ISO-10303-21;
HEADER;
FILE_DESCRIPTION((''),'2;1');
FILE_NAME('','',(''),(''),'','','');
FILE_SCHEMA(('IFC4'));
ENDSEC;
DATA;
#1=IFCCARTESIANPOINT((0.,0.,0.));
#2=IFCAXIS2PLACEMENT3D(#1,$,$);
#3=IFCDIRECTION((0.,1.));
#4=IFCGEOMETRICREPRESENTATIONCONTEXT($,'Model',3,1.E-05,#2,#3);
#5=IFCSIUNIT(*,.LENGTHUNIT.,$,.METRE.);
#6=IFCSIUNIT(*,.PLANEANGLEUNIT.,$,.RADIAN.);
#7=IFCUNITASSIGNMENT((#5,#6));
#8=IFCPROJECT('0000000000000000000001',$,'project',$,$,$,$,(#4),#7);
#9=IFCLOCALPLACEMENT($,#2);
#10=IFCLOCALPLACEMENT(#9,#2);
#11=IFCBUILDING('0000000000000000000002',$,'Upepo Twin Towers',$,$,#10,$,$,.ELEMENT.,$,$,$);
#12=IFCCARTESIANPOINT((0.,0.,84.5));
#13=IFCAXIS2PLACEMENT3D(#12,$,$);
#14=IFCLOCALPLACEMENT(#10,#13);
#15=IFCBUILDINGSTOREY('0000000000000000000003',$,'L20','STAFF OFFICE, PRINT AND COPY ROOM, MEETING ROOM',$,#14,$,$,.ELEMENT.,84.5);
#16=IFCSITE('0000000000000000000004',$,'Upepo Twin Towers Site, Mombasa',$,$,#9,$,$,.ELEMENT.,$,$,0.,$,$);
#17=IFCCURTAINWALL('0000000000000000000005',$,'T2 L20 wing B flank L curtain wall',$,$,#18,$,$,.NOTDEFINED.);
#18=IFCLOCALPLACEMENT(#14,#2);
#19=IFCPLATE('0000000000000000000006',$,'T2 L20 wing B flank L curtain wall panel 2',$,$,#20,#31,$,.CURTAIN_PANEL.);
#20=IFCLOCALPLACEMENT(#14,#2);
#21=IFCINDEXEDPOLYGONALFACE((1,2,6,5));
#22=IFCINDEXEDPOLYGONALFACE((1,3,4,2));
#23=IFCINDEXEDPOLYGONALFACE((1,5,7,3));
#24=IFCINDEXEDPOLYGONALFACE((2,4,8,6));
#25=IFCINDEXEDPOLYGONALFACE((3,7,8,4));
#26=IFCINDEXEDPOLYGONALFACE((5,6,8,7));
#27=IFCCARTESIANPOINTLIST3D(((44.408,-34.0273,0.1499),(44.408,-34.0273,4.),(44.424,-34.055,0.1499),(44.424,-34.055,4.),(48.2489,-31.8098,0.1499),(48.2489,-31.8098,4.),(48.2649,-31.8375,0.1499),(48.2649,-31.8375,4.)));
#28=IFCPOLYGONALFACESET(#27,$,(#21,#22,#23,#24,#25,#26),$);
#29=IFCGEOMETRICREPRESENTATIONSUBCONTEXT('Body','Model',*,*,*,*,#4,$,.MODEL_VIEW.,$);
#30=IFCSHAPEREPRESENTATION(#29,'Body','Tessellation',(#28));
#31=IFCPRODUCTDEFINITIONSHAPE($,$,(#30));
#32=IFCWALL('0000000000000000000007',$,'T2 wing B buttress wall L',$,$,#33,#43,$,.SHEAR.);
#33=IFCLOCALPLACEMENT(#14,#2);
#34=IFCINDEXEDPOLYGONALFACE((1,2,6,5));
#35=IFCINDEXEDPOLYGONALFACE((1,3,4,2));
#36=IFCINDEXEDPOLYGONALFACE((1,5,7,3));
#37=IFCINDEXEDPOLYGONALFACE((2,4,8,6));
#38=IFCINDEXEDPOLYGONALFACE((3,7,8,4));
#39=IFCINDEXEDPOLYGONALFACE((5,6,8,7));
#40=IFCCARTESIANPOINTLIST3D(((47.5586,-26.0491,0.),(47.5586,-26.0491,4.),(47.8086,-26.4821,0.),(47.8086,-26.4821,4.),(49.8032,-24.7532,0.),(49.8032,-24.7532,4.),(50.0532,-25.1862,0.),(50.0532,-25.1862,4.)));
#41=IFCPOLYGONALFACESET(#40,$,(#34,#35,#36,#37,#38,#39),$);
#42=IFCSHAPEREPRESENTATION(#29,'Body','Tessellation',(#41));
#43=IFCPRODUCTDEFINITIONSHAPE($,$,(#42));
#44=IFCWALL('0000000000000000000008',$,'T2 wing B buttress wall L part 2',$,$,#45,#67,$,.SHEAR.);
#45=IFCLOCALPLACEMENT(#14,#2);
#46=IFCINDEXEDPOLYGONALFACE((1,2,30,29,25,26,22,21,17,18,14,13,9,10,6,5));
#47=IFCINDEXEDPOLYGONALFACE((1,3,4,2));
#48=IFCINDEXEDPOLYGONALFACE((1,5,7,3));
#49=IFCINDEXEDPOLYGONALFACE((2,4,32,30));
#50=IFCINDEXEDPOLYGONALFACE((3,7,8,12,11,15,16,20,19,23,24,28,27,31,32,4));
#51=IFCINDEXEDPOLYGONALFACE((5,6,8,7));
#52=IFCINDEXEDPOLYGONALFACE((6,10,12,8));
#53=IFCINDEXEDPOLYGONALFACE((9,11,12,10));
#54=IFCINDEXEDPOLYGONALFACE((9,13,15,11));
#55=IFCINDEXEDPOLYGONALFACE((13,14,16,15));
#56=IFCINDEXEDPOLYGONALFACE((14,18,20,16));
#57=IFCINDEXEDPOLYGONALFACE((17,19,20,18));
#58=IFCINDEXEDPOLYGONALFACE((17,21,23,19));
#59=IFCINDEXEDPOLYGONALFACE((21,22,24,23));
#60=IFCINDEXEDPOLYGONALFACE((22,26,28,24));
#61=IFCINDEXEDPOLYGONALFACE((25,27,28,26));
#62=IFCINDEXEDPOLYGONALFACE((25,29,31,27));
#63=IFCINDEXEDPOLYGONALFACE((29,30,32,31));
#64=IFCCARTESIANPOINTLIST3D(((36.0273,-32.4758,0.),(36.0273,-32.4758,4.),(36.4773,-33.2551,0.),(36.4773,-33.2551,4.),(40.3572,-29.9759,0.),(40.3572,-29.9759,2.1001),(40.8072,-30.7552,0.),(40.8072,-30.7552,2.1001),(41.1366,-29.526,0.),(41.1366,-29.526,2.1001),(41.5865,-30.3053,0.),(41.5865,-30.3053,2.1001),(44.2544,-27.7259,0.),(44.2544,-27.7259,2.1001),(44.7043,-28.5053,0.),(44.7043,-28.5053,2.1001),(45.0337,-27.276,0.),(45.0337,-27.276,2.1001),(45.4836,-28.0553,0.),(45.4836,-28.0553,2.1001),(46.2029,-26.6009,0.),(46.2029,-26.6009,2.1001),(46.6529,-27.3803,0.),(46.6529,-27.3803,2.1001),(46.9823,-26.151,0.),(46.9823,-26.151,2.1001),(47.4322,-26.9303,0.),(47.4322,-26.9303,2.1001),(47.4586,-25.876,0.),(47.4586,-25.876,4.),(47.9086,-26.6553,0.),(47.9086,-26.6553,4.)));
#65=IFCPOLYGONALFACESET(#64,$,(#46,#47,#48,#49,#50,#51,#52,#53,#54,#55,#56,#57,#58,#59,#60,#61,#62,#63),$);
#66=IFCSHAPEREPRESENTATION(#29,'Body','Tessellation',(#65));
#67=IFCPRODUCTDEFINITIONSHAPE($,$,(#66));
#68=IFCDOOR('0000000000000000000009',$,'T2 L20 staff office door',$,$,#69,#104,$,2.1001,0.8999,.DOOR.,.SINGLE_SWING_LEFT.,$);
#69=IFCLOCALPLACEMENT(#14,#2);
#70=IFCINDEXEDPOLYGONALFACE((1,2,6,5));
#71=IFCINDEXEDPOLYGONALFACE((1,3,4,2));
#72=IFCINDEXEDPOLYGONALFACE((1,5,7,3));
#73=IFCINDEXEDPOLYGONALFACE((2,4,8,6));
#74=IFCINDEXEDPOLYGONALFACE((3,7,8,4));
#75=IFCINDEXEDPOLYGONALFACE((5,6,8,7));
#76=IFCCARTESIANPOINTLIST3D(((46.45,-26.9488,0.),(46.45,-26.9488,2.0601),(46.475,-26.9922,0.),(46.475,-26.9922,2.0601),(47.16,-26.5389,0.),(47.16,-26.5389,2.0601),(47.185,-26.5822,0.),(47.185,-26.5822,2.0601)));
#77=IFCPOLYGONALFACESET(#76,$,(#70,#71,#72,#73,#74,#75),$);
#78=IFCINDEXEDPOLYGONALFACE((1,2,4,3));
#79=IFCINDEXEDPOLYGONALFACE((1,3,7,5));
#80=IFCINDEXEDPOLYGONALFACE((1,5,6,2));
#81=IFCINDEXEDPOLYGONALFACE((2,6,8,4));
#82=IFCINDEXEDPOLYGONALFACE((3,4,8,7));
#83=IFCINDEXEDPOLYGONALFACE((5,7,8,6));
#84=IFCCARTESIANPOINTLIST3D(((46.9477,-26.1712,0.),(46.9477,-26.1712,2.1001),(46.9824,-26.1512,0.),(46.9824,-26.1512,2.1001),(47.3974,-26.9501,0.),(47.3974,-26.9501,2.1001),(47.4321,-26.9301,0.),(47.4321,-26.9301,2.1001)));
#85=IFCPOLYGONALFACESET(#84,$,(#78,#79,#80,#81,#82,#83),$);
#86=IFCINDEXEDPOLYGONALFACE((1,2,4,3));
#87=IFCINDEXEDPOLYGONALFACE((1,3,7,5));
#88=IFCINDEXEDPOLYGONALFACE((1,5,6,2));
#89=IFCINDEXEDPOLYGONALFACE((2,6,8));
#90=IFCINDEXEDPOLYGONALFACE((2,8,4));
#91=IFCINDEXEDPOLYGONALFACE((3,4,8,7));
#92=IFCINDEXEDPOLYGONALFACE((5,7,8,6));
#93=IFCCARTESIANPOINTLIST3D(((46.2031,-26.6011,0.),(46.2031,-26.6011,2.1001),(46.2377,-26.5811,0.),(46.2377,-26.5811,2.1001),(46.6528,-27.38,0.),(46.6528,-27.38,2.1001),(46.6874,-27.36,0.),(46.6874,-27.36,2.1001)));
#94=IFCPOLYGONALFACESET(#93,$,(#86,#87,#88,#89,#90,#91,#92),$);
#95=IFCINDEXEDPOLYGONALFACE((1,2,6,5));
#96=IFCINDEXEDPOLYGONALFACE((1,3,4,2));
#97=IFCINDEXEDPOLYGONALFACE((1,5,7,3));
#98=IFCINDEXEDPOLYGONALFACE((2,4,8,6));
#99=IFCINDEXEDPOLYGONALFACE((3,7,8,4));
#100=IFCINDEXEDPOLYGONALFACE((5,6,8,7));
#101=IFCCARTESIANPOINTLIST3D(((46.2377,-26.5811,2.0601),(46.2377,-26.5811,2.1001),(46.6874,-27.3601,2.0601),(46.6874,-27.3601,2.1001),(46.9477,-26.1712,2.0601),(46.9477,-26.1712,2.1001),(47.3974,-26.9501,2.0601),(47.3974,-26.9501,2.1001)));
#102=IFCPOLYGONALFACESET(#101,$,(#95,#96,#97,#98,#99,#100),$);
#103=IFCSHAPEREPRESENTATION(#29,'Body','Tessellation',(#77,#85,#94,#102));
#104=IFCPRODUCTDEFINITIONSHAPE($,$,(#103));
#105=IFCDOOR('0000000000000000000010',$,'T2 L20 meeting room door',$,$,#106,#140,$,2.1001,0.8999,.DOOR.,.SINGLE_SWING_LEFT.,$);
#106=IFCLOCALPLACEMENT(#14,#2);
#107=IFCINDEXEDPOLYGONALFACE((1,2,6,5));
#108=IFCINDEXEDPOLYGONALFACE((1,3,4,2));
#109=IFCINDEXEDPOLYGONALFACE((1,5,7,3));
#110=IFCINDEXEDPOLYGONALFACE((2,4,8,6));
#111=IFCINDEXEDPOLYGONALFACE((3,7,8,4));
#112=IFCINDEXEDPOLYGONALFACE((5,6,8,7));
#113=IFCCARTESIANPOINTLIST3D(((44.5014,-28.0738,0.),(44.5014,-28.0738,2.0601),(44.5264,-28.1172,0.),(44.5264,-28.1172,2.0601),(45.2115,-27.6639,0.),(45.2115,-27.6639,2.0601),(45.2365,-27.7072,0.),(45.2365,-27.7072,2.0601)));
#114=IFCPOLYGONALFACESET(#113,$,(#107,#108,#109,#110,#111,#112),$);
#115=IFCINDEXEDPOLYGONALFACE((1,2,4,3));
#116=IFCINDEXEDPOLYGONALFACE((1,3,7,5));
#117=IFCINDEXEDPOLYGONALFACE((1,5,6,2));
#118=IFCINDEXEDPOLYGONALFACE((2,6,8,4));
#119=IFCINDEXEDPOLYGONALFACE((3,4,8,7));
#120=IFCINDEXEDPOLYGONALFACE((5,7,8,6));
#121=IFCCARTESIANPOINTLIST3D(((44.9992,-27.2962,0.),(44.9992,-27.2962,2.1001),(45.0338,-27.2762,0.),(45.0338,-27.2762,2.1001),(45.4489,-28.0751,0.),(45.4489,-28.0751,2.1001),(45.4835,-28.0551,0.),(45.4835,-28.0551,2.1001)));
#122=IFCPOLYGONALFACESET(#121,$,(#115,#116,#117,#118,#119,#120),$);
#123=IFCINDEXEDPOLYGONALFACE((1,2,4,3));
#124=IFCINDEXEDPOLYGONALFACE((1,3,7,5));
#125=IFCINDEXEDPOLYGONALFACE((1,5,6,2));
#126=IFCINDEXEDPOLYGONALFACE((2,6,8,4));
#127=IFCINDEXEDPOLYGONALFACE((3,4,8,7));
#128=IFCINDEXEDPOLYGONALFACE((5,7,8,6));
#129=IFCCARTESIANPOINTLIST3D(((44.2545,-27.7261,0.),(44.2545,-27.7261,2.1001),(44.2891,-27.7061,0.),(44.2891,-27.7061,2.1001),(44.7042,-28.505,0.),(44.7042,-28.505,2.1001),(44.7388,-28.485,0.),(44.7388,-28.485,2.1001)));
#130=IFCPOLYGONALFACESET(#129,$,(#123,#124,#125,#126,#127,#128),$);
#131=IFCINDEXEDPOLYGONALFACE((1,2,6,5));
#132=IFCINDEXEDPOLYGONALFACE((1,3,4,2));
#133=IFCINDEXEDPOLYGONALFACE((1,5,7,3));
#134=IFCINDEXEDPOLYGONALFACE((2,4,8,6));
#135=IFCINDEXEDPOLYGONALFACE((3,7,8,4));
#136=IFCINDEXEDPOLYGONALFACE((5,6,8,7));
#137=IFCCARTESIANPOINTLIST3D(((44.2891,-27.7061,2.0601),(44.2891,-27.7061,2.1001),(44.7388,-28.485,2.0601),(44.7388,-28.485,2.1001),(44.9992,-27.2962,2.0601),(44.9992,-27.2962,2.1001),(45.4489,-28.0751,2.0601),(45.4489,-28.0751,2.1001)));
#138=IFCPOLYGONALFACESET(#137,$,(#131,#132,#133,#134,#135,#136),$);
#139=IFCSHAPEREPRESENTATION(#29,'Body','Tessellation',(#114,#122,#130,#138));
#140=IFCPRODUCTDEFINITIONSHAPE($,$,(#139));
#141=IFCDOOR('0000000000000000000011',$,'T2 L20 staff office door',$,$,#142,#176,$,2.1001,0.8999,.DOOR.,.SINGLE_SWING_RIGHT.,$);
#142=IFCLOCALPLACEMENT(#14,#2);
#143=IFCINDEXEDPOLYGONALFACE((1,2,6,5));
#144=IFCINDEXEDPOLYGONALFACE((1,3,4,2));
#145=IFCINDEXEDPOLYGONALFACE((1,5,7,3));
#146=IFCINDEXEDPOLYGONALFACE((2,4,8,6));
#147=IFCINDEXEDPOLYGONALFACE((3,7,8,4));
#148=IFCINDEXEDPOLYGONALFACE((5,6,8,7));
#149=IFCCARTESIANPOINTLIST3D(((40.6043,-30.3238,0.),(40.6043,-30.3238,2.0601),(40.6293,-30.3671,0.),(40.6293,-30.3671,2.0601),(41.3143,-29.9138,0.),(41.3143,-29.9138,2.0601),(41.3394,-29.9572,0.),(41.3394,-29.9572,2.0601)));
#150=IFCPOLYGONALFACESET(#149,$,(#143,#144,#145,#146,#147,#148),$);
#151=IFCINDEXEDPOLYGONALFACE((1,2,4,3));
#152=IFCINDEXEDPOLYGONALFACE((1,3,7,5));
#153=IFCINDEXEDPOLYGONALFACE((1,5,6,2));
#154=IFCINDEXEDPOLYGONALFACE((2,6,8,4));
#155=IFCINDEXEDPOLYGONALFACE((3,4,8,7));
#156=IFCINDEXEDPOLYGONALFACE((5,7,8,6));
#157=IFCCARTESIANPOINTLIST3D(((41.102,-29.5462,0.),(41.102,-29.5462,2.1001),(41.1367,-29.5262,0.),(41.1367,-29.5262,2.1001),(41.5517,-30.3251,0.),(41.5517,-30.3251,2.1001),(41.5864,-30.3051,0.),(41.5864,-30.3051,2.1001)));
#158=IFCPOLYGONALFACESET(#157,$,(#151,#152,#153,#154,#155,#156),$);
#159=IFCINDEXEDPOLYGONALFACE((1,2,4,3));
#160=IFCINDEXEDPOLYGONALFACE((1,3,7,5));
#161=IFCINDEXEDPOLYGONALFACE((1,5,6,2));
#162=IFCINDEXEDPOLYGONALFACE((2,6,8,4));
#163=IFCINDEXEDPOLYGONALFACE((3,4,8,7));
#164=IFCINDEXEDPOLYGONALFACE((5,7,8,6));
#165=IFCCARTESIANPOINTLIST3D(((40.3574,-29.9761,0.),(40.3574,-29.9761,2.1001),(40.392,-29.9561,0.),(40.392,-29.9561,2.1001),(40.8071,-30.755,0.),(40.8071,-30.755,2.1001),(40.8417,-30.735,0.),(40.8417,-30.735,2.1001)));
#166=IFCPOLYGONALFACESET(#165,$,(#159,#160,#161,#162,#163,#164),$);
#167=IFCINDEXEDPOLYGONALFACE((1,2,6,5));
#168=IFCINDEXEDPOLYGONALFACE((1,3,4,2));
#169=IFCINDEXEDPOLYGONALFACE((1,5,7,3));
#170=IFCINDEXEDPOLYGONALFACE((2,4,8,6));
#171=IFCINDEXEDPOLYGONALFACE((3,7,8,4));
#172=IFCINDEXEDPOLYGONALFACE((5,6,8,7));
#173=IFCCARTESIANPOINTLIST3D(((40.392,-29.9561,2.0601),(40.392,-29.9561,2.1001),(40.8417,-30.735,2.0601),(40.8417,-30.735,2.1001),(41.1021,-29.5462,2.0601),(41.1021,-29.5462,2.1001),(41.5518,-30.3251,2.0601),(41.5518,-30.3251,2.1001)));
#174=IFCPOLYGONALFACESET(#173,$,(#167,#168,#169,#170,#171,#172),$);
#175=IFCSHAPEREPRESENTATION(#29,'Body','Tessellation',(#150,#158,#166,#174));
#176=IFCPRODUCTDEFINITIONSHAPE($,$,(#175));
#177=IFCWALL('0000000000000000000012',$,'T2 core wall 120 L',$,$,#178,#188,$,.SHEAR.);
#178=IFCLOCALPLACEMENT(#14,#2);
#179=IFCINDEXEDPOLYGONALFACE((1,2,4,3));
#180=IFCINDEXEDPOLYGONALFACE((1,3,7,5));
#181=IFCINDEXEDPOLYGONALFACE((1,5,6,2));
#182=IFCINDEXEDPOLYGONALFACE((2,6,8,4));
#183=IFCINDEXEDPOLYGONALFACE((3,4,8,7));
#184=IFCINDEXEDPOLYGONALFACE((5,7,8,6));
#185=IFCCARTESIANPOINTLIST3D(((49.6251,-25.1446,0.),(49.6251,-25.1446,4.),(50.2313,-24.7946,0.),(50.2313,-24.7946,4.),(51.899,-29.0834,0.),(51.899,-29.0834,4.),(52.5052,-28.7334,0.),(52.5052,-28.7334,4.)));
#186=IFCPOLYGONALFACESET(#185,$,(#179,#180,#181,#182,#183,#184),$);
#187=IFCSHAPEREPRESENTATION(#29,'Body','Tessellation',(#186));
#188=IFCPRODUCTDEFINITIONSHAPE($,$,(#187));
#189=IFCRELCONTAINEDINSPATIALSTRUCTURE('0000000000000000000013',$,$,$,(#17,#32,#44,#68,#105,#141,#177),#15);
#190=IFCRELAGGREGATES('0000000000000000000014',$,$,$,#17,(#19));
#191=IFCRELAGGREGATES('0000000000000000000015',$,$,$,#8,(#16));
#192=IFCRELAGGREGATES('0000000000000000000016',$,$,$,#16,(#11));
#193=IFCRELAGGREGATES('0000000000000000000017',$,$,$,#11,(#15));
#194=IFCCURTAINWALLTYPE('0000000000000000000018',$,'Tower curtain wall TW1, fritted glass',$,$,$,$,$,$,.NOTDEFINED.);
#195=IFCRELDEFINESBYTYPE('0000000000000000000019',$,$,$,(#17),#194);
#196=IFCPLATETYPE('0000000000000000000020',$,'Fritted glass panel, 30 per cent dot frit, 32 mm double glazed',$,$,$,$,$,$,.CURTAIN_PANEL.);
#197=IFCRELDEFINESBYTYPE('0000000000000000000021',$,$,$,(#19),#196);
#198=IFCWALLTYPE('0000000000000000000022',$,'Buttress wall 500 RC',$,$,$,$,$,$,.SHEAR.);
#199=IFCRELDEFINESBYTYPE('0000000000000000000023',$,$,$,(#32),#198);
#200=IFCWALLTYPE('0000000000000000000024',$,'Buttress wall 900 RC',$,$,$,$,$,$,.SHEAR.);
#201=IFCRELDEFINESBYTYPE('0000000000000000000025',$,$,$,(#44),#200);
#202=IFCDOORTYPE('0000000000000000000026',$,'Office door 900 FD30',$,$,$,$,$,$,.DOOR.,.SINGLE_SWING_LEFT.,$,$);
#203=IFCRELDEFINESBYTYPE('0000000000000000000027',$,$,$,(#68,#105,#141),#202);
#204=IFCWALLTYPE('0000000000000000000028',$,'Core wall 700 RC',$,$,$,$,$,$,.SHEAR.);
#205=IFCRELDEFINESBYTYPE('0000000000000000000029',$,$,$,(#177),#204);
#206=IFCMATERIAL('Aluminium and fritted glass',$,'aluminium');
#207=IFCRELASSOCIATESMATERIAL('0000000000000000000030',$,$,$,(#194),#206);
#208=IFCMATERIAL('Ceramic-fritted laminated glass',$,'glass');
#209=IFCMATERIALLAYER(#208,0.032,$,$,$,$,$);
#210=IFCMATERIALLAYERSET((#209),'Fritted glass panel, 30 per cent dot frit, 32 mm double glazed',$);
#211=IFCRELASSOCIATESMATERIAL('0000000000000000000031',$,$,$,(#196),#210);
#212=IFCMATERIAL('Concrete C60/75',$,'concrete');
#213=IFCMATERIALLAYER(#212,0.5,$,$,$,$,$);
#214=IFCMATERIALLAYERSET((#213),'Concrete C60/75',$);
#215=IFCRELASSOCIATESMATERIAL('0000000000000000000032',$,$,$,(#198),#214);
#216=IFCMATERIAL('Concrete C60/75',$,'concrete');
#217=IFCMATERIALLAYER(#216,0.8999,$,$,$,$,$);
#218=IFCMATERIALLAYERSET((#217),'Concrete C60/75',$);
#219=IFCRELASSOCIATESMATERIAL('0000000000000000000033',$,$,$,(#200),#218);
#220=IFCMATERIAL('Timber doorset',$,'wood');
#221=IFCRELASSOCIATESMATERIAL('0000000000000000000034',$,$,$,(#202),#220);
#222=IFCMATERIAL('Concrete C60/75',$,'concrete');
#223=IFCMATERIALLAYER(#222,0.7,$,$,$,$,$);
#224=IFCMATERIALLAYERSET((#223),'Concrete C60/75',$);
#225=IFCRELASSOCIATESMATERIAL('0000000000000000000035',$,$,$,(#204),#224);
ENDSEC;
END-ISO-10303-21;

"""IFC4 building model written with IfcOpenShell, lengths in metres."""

from ifc_helpers import new_model, si_unit, direction, frame, frame_2d, origin, origin_2d, place, context, subcontext, project, spatial, rectangle, extrude, material, layer, layer_set, type_object, element, fill, aggregate, save


model = new_model("IFC4")

# Units and contexts
model_context = context("Model", 3, precision=1e-05, world=origin(), true_north=direction((0.0, 1.0)))
body_context = subcontext(model_context, "Body", "Model", "MODEL_VIEW")
ifc_project = project(units=[si_unit("LENGTHUNIT", "METRE"), si_unit("PLANEANGLEUNIT", "RADIAN")], contexts=[model_context])

# Site, building, storey
site_placement = place(None, origin())
site = spatial("IfcSite", under=ifc_project, at=site_placement, Name="Upepo Twin Towers Site, Mombasa", CompositionType="ELEMENT", RefElevation=0.0)
building_placement = place(site_placement, origin())
building = spatial("IfcBuilding", under=site, at=building_placement, Name="Upepo Twin Towers", CompositionType="ELEMENT")
storey_placement = place(building_placement, frame((0.0, 0.0, 84.5)))
storey = spatial("IfcBuildingStorey", under=building, at=storey_placement, Name="L20", Description="STAFF OFFICE, PRINT AND COPY ROOM, MEETING ROOM", CompositionType="ELEMENT", Elevation=84.5)

# Curtain wall, plate
ifc_material_1 = material(Name="Aluminium and fritted glass", Category="aluminium")
curtain_wall_type = type_object("IfcCurtainWallType", Name="Tower curtain wall TW1, fritted glass", PredefinedType="NOTDEFINED", material=ifc_material_1)
curtain_wall_placement = place(storey_placement, origin())
curtain_wall = element("IfcCurtainWall", 1, at=curtain_wall_placement, inside=storey, type_object=curtain_wall_type, Name="T2 L20 wing B flank L curtain wall", PredefinedType="NOTDEFINED")
ifc_material_2 = material(Name="Ceramic-fritted laminated glass", Category="glass")
ifc_layer_1 = layer(ifc_material_2, 0.032)
ifc_layer_set_1 = layer_set([ifc_layer_1], Name="Fritted glass panel, 30 per cent dot frit, 32 mm double glazed")
plate_type = type_object("IfcPlateType", Name="Fritted glass panel, 30 per cent dot frit, 32 mm double glazed", PredefinedType="CURTAIN_PANEL", material=ifc_layer_set_1)
plate_1_placement = place(storey_placement, frame((46.3364, -32.9324, 0.1499), z_axis=(0.0, 0.0, 1.0), x_axis=(-0.866025, -0.5, 0.0)))
plate_1 = element("IfcPlate", 2, at=plate_1_placement, type_object=plate_type, Name="T2 L20 wing B flank L curtain wall panel 2", PredefinedType="CURTAIN_PANEL", context=body_context, shape_type="SweptSolid", body=[
    extrude(rectangle(XDim=4.4351, YDim=0.032, at=origin_2d()), origin(), (0.0, 0.0, 1.0), 3.8501),
])
aggregate(curtain_wall, [plate_1])

# Wall
ifc_material_3 = material(Name="Concrete C60/75", Category="concrete")
ifc_layer_2 = layer(ifc_material_3, 0.5)
ifc_layer_set_2 = layer_set([ifc_layer_2], Name="Concrete C60/75")
wall_type_1 = type_object("IfcWallType", Name="Buttress wall 500 RC", PredefinedType="SHEAR", material=ifc_layer_set_2)
wall_1_placement = place(storey_placement, frame((49.9282, -24.9697, 0.0), z_axis=(0.0, 0.0, 1.0), x_axis=(-0.866032, -0.499989, 0.0)))
element("IfcWall", 3, at=wall_1_placement, inside=storey, type_object=wall_type_1, Name="T2 wing B buttress wall L", PredefinedType="SHEAR", context=body_context, shape_type="SweptSolid", body=[
    extrude(rectangle(XDim=2.5918, YDim=0.5, at=frame_2d((1.2959, 0.0))), origin(), (0.0, 0.0, 1.0), 4.0),
])

# Wall, openings, doors
ifc_material_4 = material(Name="Concrete C60/75", Category="concrete")
ifc_layer_3 = layer(ifc_material_4, 0.8999)
ifc_layer_set_3 = layer_set([ifc_layer_3], Name="Concrete C60/75")
wall_type_2 = type_object("IfcWallType", Name="Buttress wall 900 RC", PredefinedType="SHEAR", material=ifc_layer_set_3)
wall_2_placement = place(storey_placement, frame((47.6836, -26.2656, 0.0), z_axis=(0.0, 0.0, 1.0), x_axis=(-0.866028, -0.499996, 0.0)))
wall_2 = element("IfcWall", 4, at=wall_2_placement, inside=storey, type_object=wall_type_2, Name="T2 wing B buttress wall L part 2", PredefinedType="SHEAR", context=body_context, shape_type="SweptSolid", body=[
    extrude(rectangle(XDim=13.1997, YDim=0.8999, at=frame_2d((6.5999, 0.0))), origin(), (0.0, 0.0, 1.0), 4.0),
])
opening_1_placement = place(wall_2_placement, frame((0.55, 0.0, 0.0)))
opening_1 = element("IfcOpeningElement", 5, at=opening_1_placement, cuts=wall_2, PredefinedType="OPENING", context=body_context, shape_type="SweptSolid", body=[
    extrude(rectangle(XDim=0.8999, YDim=2.1001, at=frame_2d((0.45, 1.05))), frame((0.0, 0.46, 0.0), z_axis=(0.0, -1.0, 0.0), x_axis=(1.0, 0.0, 0.0)), (0.0, 0.0, 1.0), 0.9199),
])
opening_2_placement = place(wall_2_placement, frame((2.8, 0.0, 0.0)))
opening_2 = element("IfcOpeningElement", 6, at=opening_2_placement, cuts=wall_2, PredefinedType="OPENING", context=body_context, shape_type="SweptSolid", body=[
    extrude(rectangle(XDim=0.8999, YDim=2.1001, at=frame_2d((0.45, 1.05))), frame((0.0, 0.46, 0.0), z_axis=(0.0, -1.0, 0.0), x_axis=(1.0, 0.0, 0.0)), (0.0, 0.0, 1.0), 0.9199),
])
opening_3_placement = place(wall_2_placement, frame((7.3, 0.0, 0.0)))
opening_3 = element("IfcOpeningElement", 7, at=opening_3_placement, cuts=wall_2, PredefinedType="OPENING", context=body_context, shape_type="SweptSolid", body=[
    extrude(rectangle(XDim=0.8999, YDim=2.1001, at=frame_2d((0.45, 1.05))), frame((0.0, 0.46, 0.0), z_axis=(0.0, -1.0, 0.0), x_axis=(1.0, 0.0, 0.0)), (0.0, 0.0, 1.0), 0.9199),
])
ifc_material_5 = material(Name="Timber doorset", Category="wood")
door_type_1 = type_object("IfcDoorType", Name="Office door 900 FD30", OperationType="SINGLE_SWING_LEFT", PredefinedType="DOOR", material=ifc_material_5)
door_1_placement = place(opening_1_placement, origin())
door_1 = element("IfcDoor", 8, at=door_1_placement, inside=storey, type_object=door_type_1, Name="T2 L20 staff office door", OperationType="SINGLE_SWING_LEFT", OverallHeight=2.1001, OverallWidth=0.8999, PredefinedType="DOOR", context=body_context, shape_type="SweptSolid", body=[
    extrude(rectangle(XDim=0.8199, YDim=2.0601, at=frame_2d((0.45, 1.03))), frame((0.0, 0.0249, 0.0), z_axis=(0.0, -1.0, 0.0), x_axis=(1.0, 0.0, 0.0)), (0.0, 0.0, 1.0), 0.05),
    extrude(rectangle(XDim=0.04, YDim=2.1001, at=frame_2d((0.02, 1.05))), frame((0.0, 0.4497, 0.0), z_axis=(0.0, -1.0, 0.0), x_axis=(1.0, 0.0, 0.0)), (0.0, 0.0, 1.0), 0.8994),
    extrude(rectangle(XDim=0.04, YDim=2.1001, at=frame_2d((0.8799, 1.05))), frame((0.0, 0.4497, 0.0), z_axis=(0.0, -1.0, 0.0), x_axis=(1.0, 0.0, 0.0)), (0.0, 0.0, 1.0), 0.8994),
    extrude(rectangle(XDim=0.8199, YDim=0.04, at=frame_2d((0.45, 2.0801))), frame((0.0, 0.4497, 0.0), z_axis=(0.0, -1.0, 0.0), x_axis=(1.0, 0.0, 0.0)), (0.0, 0.0, 1.0), 0.8994),
])
fill(opening_1, door_1)
door_2_placement = place(opening_2_placement, origin())
door_2 = element("IfcDoor", 9, at=door_2_placement, inside=storey, type_object=door_type_1, Name="T2 L20 meeting room door", OperationType="SINGLE_SWING_LEFT", OverallHeight=2.1001, OverallWidth=0.8999, PredefinedType="DOOR", context=body_context, shape_type="SweptSolid", body=[
    extrude(rectangle(XDim=0.8199, YDim=2.0601, at=frame_2d((0.45, 1.03))), frame((0.0, 0.0249, 0.0), z_axis=(0.0, -1.0, 0.0), x_axis=(1.0, 0.0, 0.0)), (0.0, 0.0, 1.0), 0.05),
    extrude(rectangle(XDim=0.04, YDim=2.1001, at=frame_2d((0.02, 1.05))), frame((0.0, 0.4497, 0.0), z_axis=(0.0, -1.0, 0.0), x_axis=(1.0, 0.0, 0.0)), (0.0, 0.0, 1.0), 0.8994),
    extrude(rectangle(XDim=0.04, YDim=2.1001, at=frame_2d((0.8799, 1.05))), frame((0.0, 0.4497, 0.0), z_axis=(0.0, -1.0, 0.0), x_axis=(1.0, 0.0, 0.0)), (0.0, 0.0, 1.0), 0.8994),
    extrude(rectangle(XDim=0.8199, YDim=0.04, at=frame_2d((0.45, 2.0801))), frame((0.0, 0.4497, 0.0), z_axis=(0.0, -1.0, 0.0), x_axis=(1.0, 0.0, 0.0)), (0.0, 0.0, 1.0), 0.8994),
])
fill(opening_2, door_2)
door_3_placement = place(opening_3_placement, origin())
door_3 = element("IfcDoor", 10, at=door_3_placement, inside=storey, type_object=door_type_1, Name="T2 L20 staff office door", OperationType="SINGLE_SWING_RIGHT", OverallHeight=2.1001, OverallWidth=0.8999, PredefinedType="DOOR", context=body_context, shape_type="SweptSolid", body=[
    extrude(rectangle(XDim=0.8199, YDim=2.0601, at=frame_2d((0.45, 1.03))), frame((0.0, 0.0249, 0.0), z_axis=(0.0, -1.0, 0.0), x_axis=(1.0, 0.0, 0.0)), (0.0, 0.0, 1.0), 0.05),
    extrude(rectangle(XDim=0.04, YDim=2.1001, at=frame_2d((0.02, 1.05))), frame((0.0, 0.4497, 0.0), z_axis=(0.0, -1.0, 0.0), x_axis=(1.0, 0.0, 0.0)), (0.0, 0.0, 1.0), 0.8994),
    extrude(rectangle(XDim=0.04, YDim=2.1001, at=frame_2d((0.8799, 1.05))), frame((0.0, 0.4497, 0.0), z_axis=(0.0, -1.0, 0.0), x_axis=(1.0, 0.0, 0.0)), (0.0, 0.0, 1.0), 0.8994),
    extrude(rectangle(XDim=0.8199, YDim=0.04, at=frame_2d((0.45, 2.0801))), frame((0.0, 0.4497, 0.0), z_axis=(0.0, -1.0, 0.0), x_axis=(1.0, 0.0, 0.0)), (0.0, 0.0, 1.0), 0.8994),
])
fill(opening_3, door_3)

# Wall
ifc_material_6 = material(Name="Concrete C60/75", Category="concrete")
ifc_layer_4 = layer(ifc_material_6, 0.7)
ifc_layer_set_4 = layer_set([ifc_layer_4], Name="Concrete C60/75")
wall_type_3 = type_object("IfcWallType", Name="Core wall 700 RC", PredefinedType="SHEAR", material=ifc_layer_set_4)
wall_3_placement = place(storey_placement, frame((49.9282, -24.9697, 0.0), z_axis=(0.0, 0.0, 1.0), x_axis=(0.499984, -0.866035, 0.0)))
element("IfcWall", 11, at=wall_3_placement, inside=storey, type_object=wall_type_3, Name="T2 core wall 120 L", PredefinedType="SHEAR", context=body_context, shape_type="SweptSolid", body=[
    extrude(rectangle(XDim=4.5481, YDim=0.7, at=frame_2d((2.2739, 0.0))), origin(), (0.0, 0.0, 1.0), 4.0),
])

save(model, "model.ifc")
